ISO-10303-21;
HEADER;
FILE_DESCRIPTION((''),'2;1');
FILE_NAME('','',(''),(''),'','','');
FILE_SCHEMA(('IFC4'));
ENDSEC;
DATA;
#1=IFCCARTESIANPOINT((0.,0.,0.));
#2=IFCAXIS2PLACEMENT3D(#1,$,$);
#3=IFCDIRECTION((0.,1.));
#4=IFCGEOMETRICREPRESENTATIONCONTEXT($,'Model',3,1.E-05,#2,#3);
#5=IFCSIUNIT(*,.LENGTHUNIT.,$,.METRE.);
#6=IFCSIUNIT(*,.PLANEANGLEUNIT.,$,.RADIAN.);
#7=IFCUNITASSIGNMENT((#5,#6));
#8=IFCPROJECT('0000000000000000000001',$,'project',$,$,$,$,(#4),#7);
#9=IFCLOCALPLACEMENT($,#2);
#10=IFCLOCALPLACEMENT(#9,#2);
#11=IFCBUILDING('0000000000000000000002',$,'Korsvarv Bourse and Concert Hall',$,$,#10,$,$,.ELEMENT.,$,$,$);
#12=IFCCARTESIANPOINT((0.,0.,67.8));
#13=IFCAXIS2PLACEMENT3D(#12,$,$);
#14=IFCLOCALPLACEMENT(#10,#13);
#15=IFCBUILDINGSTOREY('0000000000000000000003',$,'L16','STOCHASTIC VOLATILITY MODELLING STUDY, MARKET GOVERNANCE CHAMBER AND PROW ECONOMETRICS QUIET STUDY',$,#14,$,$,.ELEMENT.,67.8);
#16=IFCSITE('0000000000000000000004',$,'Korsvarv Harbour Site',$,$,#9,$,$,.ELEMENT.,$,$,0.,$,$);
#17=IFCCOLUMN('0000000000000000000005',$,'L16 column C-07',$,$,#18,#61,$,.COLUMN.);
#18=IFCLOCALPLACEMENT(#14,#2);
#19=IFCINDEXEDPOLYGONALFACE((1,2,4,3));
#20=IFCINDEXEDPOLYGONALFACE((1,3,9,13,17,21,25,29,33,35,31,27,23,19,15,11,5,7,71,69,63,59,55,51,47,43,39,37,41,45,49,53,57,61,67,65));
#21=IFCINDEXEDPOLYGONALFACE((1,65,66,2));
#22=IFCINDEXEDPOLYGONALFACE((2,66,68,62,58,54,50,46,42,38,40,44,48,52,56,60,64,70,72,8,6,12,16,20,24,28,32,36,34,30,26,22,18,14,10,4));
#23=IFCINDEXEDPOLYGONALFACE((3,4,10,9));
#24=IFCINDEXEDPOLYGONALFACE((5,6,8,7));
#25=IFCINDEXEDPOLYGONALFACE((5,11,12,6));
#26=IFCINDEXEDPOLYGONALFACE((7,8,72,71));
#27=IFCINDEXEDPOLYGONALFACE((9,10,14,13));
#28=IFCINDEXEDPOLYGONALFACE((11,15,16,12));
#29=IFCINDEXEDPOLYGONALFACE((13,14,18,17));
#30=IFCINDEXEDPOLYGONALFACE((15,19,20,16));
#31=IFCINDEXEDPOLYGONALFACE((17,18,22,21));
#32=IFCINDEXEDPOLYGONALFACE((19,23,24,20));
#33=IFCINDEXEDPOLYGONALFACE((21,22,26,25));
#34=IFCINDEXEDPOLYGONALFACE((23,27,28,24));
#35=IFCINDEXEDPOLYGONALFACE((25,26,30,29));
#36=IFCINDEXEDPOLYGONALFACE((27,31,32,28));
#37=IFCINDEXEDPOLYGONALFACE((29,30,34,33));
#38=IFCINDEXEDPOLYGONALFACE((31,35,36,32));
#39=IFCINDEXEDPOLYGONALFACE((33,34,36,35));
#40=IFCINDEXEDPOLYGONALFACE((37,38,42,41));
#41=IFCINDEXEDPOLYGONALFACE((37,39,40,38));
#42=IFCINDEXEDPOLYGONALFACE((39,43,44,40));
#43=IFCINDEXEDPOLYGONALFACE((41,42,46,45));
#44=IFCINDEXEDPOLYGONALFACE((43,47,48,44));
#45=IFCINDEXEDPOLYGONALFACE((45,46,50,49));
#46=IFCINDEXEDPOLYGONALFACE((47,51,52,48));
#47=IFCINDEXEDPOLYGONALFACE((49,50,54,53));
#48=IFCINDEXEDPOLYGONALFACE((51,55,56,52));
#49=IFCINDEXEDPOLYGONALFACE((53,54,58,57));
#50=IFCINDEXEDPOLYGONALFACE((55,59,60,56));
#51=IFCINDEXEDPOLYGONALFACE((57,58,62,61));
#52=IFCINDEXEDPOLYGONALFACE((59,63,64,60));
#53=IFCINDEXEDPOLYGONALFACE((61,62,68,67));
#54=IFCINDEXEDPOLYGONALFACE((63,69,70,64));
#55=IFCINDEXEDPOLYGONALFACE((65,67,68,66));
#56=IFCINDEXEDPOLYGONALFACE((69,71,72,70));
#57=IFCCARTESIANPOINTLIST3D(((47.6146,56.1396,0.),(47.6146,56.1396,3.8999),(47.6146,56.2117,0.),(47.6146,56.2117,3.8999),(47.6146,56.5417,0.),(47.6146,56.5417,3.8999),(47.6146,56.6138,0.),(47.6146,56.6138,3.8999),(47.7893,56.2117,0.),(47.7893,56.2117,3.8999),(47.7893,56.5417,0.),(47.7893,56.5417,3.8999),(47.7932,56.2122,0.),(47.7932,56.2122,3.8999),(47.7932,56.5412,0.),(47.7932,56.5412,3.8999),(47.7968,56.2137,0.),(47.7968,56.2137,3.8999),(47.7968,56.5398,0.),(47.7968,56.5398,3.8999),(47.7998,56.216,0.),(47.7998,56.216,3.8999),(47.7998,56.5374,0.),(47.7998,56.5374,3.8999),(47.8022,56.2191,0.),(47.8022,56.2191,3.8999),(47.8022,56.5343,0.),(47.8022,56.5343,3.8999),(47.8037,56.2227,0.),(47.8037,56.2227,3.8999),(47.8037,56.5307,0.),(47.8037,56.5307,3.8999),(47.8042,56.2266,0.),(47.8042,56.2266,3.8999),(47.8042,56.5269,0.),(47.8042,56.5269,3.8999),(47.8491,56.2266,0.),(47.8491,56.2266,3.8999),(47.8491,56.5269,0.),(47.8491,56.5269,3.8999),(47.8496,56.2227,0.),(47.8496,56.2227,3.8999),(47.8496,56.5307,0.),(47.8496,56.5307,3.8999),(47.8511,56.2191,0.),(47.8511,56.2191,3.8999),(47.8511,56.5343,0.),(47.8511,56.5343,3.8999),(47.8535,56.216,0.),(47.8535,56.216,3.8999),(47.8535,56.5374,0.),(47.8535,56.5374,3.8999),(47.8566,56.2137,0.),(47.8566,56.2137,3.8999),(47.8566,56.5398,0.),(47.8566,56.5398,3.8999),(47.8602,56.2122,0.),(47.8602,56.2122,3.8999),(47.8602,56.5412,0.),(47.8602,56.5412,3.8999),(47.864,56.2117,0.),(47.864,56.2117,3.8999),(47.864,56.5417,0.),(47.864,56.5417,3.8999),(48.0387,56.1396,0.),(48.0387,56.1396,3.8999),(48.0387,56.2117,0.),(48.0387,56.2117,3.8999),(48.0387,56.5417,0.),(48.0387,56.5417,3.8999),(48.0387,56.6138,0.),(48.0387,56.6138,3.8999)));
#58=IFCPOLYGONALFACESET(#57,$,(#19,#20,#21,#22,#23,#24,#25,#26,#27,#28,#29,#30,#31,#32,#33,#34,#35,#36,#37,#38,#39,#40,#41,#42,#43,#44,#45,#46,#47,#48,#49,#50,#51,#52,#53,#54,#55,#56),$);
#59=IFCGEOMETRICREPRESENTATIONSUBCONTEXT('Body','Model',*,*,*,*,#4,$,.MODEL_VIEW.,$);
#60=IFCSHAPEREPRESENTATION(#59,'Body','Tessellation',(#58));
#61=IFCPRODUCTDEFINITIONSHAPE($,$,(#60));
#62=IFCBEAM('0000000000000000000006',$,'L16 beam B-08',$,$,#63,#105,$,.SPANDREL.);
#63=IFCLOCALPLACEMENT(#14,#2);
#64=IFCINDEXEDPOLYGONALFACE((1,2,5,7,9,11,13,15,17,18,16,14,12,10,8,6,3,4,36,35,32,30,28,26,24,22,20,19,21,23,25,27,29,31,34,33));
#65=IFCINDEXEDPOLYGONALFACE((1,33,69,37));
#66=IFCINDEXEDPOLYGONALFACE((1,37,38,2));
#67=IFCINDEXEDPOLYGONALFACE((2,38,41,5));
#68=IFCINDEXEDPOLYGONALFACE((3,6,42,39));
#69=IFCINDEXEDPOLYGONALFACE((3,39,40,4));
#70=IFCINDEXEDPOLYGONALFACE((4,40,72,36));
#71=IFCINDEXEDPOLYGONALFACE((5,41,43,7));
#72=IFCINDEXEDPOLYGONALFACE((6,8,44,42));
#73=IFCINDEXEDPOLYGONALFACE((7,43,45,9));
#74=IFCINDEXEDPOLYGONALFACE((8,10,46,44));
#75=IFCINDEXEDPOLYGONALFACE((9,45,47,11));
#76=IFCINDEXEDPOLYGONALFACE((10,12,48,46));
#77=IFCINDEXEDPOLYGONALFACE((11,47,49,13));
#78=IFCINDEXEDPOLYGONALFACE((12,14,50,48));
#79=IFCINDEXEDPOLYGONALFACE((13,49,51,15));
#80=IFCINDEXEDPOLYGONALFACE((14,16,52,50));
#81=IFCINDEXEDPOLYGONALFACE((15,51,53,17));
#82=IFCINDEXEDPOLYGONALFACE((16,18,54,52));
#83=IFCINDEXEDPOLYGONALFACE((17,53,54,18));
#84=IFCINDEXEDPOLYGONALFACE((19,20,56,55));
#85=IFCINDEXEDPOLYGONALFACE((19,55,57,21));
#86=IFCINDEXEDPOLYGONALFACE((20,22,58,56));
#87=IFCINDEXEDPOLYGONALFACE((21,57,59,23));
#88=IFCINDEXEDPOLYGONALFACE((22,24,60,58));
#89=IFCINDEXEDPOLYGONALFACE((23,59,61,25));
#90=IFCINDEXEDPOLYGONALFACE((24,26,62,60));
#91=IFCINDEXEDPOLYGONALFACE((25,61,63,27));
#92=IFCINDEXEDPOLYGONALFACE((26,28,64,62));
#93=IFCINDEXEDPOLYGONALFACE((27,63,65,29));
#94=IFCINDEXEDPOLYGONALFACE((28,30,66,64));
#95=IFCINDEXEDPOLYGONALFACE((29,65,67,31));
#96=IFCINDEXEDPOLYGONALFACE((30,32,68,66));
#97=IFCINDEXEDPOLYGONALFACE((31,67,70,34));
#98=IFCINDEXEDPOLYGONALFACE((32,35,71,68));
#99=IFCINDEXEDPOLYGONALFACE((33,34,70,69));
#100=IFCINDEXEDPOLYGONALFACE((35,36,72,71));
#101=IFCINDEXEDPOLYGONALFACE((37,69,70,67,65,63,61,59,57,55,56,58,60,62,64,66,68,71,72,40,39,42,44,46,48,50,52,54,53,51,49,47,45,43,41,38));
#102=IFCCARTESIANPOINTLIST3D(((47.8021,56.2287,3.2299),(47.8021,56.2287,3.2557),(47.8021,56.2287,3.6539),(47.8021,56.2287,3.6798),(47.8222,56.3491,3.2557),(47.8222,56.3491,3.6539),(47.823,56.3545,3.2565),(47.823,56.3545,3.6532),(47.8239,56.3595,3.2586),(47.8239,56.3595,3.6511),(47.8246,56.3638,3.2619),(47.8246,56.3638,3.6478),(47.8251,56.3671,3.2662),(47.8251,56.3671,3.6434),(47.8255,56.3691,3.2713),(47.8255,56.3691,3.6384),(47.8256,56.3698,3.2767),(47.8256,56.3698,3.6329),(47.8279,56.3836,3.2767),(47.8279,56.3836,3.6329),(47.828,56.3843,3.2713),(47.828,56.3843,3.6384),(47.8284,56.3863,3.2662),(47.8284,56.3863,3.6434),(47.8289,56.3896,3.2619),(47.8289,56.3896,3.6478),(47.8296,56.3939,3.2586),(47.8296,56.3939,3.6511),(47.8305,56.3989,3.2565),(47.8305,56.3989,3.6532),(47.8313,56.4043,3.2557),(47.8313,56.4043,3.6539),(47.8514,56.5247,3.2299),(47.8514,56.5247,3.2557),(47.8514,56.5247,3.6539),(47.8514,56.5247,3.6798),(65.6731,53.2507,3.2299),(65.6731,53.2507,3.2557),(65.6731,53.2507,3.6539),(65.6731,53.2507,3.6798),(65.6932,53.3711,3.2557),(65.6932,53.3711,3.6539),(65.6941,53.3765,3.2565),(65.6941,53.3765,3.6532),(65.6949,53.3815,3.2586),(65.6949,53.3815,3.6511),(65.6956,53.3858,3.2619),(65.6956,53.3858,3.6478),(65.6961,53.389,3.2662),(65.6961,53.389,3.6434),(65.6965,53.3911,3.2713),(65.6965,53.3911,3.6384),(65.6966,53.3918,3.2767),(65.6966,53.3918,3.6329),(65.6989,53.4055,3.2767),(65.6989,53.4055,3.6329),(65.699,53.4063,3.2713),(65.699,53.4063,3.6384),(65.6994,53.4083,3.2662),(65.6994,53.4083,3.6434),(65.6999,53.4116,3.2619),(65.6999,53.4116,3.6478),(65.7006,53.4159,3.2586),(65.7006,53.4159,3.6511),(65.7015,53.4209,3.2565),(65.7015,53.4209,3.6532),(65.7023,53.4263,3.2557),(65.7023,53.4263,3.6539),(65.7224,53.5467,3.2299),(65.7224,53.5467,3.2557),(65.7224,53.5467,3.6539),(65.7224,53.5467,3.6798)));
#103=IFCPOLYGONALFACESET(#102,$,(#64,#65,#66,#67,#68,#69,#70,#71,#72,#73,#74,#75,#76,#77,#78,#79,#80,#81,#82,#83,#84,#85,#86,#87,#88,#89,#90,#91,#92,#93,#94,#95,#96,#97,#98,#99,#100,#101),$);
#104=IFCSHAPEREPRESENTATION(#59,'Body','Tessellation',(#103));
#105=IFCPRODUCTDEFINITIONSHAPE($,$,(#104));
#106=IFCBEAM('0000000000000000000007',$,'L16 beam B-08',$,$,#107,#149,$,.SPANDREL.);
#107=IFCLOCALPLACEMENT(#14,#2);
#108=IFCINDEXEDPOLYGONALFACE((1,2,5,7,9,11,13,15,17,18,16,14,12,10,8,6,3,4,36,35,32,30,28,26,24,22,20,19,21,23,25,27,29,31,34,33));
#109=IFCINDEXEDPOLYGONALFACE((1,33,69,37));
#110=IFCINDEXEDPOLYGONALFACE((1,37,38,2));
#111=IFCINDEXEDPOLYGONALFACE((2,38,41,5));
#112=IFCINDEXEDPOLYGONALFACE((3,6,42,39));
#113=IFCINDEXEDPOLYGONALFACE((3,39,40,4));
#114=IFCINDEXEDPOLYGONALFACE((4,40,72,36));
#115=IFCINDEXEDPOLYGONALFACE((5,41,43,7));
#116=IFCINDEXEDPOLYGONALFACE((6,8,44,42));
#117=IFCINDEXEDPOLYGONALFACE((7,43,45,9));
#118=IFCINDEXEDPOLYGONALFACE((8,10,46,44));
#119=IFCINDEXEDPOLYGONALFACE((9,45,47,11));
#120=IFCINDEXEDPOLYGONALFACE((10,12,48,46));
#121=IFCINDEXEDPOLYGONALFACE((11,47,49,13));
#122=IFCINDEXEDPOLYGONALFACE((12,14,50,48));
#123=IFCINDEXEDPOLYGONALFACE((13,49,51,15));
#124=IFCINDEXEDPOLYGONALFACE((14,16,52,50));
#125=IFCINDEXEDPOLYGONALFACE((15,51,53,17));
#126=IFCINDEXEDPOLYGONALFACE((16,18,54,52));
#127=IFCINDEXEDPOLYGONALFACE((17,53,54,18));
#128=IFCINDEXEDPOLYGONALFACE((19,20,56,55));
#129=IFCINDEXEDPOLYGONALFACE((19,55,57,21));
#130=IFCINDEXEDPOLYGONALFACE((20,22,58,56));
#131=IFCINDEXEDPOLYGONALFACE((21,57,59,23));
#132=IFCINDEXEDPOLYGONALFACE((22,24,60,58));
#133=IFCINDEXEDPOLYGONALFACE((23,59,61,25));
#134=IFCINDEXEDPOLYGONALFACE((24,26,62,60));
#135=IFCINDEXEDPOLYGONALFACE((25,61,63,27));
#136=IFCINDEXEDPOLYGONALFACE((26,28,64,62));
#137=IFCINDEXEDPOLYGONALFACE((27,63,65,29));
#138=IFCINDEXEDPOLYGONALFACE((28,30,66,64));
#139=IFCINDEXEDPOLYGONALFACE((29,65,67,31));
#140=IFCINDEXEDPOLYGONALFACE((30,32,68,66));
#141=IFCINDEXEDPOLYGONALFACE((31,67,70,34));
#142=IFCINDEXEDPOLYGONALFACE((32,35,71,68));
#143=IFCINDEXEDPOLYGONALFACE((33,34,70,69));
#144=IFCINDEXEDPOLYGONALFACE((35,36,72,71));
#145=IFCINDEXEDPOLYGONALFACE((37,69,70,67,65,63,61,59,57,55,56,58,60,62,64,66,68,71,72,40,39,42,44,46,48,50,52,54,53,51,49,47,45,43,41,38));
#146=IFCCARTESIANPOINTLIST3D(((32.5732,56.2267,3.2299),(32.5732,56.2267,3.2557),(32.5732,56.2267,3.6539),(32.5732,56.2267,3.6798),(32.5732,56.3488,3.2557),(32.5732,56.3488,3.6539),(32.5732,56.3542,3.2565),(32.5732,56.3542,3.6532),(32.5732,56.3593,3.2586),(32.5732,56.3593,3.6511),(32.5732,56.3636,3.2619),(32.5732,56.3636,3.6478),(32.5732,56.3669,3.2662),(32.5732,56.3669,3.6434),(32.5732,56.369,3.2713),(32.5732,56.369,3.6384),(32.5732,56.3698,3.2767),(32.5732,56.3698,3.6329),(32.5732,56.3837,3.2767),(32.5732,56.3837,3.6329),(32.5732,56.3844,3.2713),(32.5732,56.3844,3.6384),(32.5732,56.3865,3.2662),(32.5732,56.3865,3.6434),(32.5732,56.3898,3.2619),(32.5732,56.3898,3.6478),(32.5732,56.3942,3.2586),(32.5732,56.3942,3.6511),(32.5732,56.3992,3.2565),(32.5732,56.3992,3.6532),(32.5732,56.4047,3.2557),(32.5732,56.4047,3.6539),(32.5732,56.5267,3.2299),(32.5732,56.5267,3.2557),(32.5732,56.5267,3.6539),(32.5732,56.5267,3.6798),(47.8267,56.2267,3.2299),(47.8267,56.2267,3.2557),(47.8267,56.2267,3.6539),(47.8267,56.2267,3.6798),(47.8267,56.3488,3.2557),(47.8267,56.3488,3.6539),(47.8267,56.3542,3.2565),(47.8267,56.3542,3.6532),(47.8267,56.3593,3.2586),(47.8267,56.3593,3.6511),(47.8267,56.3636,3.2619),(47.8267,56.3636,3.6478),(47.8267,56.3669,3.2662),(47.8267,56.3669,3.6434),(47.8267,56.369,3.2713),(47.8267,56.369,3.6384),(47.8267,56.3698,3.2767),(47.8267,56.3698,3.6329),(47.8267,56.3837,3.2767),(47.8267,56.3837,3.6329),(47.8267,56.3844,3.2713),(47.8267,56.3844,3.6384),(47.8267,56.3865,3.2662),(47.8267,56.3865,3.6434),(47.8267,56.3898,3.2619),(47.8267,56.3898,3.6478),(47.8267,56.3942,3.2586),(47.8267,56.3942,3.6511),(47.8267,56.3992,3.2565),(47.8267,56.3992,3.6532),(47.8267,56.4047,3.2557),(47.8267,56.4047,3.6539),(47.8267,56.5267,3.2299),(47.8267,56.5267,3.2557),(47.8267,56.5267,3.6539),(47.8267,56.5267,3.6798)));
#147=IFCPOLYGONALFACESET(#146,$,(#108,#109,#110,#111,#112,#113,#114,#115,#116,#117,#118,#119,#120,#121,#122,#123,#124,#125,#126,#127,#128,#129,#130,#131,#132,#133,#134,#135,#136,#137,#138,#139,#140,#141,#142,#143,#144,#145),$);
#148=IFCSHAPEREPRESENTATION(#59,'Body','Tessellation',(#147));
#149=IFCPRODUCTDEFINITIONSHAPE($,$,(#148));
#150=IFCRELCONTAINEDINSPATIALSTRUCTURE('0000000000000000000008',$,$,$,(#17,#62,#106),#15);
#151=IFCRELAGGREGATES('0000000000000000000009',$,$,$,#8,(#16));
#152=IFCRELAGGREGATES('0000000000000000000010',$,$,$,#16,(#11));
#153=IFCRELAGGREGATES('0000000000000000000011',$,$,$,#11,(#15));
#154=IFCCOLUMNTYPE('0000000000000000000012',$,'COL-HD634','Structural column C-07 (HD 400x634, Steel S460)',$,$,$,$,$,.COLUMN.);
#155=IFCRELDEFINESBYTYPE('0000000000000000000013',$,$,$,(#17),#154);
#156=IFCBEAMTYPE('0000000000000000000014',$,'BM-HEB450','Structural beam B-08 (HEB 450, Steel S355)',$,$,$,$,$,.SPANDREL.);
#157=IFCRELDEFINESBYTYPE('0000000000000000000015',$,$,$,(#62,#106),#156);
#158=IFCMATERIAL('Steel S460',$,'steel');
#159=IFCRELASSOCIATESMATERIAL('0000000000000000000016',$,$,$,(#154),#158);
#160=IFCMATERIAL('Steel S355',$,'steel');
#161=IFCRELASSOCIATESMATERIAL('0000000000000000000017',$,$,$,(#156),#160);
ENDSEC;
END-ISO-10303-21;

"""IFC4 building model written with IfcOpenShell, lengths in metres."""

from ifc_helpers import new_model, si_unit, direction, frame, origin, origin_2d, place, context, subcontext, project, spatial, i_section, extrude, source, transform, mapped, material, material_profile, profile_set, type_object, element, save


model = new_model("IFC4")

# Units and contexts
model_context = context("Model", 3, precision=1e-05, world=origin(), true_north=direction((0.0, 1.0)))
body_context = subcontext(model_context, "Body", "Model", "MODEL_VIEW")
ifc_project = project(units=[si_unit("LENGTHUNIT", "METRE"), si_unit("PLANEANGLEUNIT", "RADIAN")], contexts=[model_context])

# Site, building, storey
site_placement = place(None, origin())
site = spatial("IfcSite", under=ifc_project, at=site_placement, Name="Korsvarv Harbour Site", CompositionType="ELEMENT", RefElevation=0.0)
building_placement = place(site_placement, origin())
building = spatial("IfcBuilding", under=site, at=building_placement, Name="Korsvarv Bourse and Concert Hall", CompositionType="ELEMENT")
storey_placement = place(building_placement, frame((0.0, 0.0, 67.8)))
storey = spatial("IfcBuildingStorey", under=building, at=storey_placement, Name="L16", Description="STOCHASTIC VOLATILITY MODELLING STUDY, MARKET GOVERNANCE CHAMBER AND PROW ECONOMETRICS QUIET STUDY", CompositionType="ELEMENT", Elevation=67.8)

# Column
ifc_material_1 = material(Name="Steel S460", Category="steel")
ifc_material_profile_1 = material_profile(ifc_material_1, i_section(OverallWidth=0.4241, OverallDepth=0.4741, WebThickness=0.0449, FlangeThickness=0.072, FilletRadius=0.0149, at=origin_2d()), Name="HD 400x634")
ifc_profile_set_1 = profile_set([ifc_material_profile_1], Name="Steel S460")
column_type = type_object("IfcColumnType", Name="COL-HD634", Description="Structural column C-07 (HD 400x634, Steel S460)", PredefinedType="COLUMN", material=ifc_profile_set_1)
shared_shape_1 = source(origin(), body_context, "Body", "SweptSolid", [
    extrude(i_section(OverallWidth=0.4241, OverallDepth=0.4741, WebThickness=0.0449, FlangeThickness=0.072, FilletRadius=0.0149, at=origin_2d()), origin(), (0.0, 0.0, 1.0), 3.8999),
])
column_placement = place(storey_placement, frame((47.8267, 56.3767, 0.0), z_axis=(0.0, 0.0, 1.0), x_axis=(1.0, 0.0, 0.0)))
element("IfcColumn", 1, at=column_placement, inside=storey, type_object=column_type, Name="L16 column C-07", PredefinedType="COLUMN", context=body_context, shape_type="MappedRepresentation", body=[
    mapped(shared_shape_1, transform((0.0, 0.0, 0.0), scale=1.0)),
])

# Beams
ifc_material_2 = material(Name="Steel S355", Category="steel")
ifc_material_profile_2 = material_profile(ifc_material_2, i_section(OverallWidth=0.3, OverallDepth=0.45, WebThickness=0.0139, FlangeThickness=0.0259, FilletRadius=0.021, at=origin_2d()), Name="HEB 450")
ifc_profile_set_2 = profile_set([ifc_material_profile_2], Name="Steel S355")
beam_type_1 = type_object("IfcBeamType", Name="BM-HEB450", Description="Structural beam B-08 (HEB 450, Steel S355)", PredefinedType="SPANDREL", material=ifc_profile_set_2)
shared_shape_2 = source(origin(), body_context, "Body", "SweptSolid", [
    extrude(i_section(OverallWidth=0.3, OverallDepth=0.45, WebThickness=0.0139, FlangeThickness=0.0259, FilletRadius=0.021, at=origin_2d()), origin(), (0.0, 0.0, 1.0), 18.1174),
])
beam_1_placement = place(storey_placement, frame((65.6978, 53.3987, 3.4548), z_axis=(-0.986398, 0.164373, 0.0), x_axis=(-0.164373, -0.986398, 0.0)))
element("IfcBeam", 2, at=beam_1_placement, inside=storey, type_object=beam_type_1, Name="L16 beam B-08", PredefinedType="SPANDREL", context=body_context, shape_type="MappedRepresentation", body=[
    mapped(shared_shape_2, transform((0.0, 0.0, 0.0), scale=1.0)),
])
shared_shape_3 = source(origin(), body_context, "Body", "SweptSolid", [
    extrude(i_section(OverallWidth=0.3, OverallDepth=0.45, WebThickness=0.0139, FlangeThickness=0.0259, FilletRadius=0.021, at=origin_2d()), origin(), (0.0, 0.0, 1.0), 15.2534),
])
beam_2_placement = place(storey_placement, frame((47.8267, 56.3767, 3.4548), z_axis=(-1.0, 0.0, 0.0), x_axis=(0.0, -1.0, 0.0)))
element("IfcBeam", 3, at=beam_2_placement, inside=storey, type_object=beam_type_1, Name="L16 beam B-08", PredefinedType="SPANDREL", context=body_context, shape_type="MappedRepresentation", body=[
    mapped(shared_shape_3, transform((0.0, 0.0, 0.0), scale=1.0)),
])

save(model, "model.ifc")
